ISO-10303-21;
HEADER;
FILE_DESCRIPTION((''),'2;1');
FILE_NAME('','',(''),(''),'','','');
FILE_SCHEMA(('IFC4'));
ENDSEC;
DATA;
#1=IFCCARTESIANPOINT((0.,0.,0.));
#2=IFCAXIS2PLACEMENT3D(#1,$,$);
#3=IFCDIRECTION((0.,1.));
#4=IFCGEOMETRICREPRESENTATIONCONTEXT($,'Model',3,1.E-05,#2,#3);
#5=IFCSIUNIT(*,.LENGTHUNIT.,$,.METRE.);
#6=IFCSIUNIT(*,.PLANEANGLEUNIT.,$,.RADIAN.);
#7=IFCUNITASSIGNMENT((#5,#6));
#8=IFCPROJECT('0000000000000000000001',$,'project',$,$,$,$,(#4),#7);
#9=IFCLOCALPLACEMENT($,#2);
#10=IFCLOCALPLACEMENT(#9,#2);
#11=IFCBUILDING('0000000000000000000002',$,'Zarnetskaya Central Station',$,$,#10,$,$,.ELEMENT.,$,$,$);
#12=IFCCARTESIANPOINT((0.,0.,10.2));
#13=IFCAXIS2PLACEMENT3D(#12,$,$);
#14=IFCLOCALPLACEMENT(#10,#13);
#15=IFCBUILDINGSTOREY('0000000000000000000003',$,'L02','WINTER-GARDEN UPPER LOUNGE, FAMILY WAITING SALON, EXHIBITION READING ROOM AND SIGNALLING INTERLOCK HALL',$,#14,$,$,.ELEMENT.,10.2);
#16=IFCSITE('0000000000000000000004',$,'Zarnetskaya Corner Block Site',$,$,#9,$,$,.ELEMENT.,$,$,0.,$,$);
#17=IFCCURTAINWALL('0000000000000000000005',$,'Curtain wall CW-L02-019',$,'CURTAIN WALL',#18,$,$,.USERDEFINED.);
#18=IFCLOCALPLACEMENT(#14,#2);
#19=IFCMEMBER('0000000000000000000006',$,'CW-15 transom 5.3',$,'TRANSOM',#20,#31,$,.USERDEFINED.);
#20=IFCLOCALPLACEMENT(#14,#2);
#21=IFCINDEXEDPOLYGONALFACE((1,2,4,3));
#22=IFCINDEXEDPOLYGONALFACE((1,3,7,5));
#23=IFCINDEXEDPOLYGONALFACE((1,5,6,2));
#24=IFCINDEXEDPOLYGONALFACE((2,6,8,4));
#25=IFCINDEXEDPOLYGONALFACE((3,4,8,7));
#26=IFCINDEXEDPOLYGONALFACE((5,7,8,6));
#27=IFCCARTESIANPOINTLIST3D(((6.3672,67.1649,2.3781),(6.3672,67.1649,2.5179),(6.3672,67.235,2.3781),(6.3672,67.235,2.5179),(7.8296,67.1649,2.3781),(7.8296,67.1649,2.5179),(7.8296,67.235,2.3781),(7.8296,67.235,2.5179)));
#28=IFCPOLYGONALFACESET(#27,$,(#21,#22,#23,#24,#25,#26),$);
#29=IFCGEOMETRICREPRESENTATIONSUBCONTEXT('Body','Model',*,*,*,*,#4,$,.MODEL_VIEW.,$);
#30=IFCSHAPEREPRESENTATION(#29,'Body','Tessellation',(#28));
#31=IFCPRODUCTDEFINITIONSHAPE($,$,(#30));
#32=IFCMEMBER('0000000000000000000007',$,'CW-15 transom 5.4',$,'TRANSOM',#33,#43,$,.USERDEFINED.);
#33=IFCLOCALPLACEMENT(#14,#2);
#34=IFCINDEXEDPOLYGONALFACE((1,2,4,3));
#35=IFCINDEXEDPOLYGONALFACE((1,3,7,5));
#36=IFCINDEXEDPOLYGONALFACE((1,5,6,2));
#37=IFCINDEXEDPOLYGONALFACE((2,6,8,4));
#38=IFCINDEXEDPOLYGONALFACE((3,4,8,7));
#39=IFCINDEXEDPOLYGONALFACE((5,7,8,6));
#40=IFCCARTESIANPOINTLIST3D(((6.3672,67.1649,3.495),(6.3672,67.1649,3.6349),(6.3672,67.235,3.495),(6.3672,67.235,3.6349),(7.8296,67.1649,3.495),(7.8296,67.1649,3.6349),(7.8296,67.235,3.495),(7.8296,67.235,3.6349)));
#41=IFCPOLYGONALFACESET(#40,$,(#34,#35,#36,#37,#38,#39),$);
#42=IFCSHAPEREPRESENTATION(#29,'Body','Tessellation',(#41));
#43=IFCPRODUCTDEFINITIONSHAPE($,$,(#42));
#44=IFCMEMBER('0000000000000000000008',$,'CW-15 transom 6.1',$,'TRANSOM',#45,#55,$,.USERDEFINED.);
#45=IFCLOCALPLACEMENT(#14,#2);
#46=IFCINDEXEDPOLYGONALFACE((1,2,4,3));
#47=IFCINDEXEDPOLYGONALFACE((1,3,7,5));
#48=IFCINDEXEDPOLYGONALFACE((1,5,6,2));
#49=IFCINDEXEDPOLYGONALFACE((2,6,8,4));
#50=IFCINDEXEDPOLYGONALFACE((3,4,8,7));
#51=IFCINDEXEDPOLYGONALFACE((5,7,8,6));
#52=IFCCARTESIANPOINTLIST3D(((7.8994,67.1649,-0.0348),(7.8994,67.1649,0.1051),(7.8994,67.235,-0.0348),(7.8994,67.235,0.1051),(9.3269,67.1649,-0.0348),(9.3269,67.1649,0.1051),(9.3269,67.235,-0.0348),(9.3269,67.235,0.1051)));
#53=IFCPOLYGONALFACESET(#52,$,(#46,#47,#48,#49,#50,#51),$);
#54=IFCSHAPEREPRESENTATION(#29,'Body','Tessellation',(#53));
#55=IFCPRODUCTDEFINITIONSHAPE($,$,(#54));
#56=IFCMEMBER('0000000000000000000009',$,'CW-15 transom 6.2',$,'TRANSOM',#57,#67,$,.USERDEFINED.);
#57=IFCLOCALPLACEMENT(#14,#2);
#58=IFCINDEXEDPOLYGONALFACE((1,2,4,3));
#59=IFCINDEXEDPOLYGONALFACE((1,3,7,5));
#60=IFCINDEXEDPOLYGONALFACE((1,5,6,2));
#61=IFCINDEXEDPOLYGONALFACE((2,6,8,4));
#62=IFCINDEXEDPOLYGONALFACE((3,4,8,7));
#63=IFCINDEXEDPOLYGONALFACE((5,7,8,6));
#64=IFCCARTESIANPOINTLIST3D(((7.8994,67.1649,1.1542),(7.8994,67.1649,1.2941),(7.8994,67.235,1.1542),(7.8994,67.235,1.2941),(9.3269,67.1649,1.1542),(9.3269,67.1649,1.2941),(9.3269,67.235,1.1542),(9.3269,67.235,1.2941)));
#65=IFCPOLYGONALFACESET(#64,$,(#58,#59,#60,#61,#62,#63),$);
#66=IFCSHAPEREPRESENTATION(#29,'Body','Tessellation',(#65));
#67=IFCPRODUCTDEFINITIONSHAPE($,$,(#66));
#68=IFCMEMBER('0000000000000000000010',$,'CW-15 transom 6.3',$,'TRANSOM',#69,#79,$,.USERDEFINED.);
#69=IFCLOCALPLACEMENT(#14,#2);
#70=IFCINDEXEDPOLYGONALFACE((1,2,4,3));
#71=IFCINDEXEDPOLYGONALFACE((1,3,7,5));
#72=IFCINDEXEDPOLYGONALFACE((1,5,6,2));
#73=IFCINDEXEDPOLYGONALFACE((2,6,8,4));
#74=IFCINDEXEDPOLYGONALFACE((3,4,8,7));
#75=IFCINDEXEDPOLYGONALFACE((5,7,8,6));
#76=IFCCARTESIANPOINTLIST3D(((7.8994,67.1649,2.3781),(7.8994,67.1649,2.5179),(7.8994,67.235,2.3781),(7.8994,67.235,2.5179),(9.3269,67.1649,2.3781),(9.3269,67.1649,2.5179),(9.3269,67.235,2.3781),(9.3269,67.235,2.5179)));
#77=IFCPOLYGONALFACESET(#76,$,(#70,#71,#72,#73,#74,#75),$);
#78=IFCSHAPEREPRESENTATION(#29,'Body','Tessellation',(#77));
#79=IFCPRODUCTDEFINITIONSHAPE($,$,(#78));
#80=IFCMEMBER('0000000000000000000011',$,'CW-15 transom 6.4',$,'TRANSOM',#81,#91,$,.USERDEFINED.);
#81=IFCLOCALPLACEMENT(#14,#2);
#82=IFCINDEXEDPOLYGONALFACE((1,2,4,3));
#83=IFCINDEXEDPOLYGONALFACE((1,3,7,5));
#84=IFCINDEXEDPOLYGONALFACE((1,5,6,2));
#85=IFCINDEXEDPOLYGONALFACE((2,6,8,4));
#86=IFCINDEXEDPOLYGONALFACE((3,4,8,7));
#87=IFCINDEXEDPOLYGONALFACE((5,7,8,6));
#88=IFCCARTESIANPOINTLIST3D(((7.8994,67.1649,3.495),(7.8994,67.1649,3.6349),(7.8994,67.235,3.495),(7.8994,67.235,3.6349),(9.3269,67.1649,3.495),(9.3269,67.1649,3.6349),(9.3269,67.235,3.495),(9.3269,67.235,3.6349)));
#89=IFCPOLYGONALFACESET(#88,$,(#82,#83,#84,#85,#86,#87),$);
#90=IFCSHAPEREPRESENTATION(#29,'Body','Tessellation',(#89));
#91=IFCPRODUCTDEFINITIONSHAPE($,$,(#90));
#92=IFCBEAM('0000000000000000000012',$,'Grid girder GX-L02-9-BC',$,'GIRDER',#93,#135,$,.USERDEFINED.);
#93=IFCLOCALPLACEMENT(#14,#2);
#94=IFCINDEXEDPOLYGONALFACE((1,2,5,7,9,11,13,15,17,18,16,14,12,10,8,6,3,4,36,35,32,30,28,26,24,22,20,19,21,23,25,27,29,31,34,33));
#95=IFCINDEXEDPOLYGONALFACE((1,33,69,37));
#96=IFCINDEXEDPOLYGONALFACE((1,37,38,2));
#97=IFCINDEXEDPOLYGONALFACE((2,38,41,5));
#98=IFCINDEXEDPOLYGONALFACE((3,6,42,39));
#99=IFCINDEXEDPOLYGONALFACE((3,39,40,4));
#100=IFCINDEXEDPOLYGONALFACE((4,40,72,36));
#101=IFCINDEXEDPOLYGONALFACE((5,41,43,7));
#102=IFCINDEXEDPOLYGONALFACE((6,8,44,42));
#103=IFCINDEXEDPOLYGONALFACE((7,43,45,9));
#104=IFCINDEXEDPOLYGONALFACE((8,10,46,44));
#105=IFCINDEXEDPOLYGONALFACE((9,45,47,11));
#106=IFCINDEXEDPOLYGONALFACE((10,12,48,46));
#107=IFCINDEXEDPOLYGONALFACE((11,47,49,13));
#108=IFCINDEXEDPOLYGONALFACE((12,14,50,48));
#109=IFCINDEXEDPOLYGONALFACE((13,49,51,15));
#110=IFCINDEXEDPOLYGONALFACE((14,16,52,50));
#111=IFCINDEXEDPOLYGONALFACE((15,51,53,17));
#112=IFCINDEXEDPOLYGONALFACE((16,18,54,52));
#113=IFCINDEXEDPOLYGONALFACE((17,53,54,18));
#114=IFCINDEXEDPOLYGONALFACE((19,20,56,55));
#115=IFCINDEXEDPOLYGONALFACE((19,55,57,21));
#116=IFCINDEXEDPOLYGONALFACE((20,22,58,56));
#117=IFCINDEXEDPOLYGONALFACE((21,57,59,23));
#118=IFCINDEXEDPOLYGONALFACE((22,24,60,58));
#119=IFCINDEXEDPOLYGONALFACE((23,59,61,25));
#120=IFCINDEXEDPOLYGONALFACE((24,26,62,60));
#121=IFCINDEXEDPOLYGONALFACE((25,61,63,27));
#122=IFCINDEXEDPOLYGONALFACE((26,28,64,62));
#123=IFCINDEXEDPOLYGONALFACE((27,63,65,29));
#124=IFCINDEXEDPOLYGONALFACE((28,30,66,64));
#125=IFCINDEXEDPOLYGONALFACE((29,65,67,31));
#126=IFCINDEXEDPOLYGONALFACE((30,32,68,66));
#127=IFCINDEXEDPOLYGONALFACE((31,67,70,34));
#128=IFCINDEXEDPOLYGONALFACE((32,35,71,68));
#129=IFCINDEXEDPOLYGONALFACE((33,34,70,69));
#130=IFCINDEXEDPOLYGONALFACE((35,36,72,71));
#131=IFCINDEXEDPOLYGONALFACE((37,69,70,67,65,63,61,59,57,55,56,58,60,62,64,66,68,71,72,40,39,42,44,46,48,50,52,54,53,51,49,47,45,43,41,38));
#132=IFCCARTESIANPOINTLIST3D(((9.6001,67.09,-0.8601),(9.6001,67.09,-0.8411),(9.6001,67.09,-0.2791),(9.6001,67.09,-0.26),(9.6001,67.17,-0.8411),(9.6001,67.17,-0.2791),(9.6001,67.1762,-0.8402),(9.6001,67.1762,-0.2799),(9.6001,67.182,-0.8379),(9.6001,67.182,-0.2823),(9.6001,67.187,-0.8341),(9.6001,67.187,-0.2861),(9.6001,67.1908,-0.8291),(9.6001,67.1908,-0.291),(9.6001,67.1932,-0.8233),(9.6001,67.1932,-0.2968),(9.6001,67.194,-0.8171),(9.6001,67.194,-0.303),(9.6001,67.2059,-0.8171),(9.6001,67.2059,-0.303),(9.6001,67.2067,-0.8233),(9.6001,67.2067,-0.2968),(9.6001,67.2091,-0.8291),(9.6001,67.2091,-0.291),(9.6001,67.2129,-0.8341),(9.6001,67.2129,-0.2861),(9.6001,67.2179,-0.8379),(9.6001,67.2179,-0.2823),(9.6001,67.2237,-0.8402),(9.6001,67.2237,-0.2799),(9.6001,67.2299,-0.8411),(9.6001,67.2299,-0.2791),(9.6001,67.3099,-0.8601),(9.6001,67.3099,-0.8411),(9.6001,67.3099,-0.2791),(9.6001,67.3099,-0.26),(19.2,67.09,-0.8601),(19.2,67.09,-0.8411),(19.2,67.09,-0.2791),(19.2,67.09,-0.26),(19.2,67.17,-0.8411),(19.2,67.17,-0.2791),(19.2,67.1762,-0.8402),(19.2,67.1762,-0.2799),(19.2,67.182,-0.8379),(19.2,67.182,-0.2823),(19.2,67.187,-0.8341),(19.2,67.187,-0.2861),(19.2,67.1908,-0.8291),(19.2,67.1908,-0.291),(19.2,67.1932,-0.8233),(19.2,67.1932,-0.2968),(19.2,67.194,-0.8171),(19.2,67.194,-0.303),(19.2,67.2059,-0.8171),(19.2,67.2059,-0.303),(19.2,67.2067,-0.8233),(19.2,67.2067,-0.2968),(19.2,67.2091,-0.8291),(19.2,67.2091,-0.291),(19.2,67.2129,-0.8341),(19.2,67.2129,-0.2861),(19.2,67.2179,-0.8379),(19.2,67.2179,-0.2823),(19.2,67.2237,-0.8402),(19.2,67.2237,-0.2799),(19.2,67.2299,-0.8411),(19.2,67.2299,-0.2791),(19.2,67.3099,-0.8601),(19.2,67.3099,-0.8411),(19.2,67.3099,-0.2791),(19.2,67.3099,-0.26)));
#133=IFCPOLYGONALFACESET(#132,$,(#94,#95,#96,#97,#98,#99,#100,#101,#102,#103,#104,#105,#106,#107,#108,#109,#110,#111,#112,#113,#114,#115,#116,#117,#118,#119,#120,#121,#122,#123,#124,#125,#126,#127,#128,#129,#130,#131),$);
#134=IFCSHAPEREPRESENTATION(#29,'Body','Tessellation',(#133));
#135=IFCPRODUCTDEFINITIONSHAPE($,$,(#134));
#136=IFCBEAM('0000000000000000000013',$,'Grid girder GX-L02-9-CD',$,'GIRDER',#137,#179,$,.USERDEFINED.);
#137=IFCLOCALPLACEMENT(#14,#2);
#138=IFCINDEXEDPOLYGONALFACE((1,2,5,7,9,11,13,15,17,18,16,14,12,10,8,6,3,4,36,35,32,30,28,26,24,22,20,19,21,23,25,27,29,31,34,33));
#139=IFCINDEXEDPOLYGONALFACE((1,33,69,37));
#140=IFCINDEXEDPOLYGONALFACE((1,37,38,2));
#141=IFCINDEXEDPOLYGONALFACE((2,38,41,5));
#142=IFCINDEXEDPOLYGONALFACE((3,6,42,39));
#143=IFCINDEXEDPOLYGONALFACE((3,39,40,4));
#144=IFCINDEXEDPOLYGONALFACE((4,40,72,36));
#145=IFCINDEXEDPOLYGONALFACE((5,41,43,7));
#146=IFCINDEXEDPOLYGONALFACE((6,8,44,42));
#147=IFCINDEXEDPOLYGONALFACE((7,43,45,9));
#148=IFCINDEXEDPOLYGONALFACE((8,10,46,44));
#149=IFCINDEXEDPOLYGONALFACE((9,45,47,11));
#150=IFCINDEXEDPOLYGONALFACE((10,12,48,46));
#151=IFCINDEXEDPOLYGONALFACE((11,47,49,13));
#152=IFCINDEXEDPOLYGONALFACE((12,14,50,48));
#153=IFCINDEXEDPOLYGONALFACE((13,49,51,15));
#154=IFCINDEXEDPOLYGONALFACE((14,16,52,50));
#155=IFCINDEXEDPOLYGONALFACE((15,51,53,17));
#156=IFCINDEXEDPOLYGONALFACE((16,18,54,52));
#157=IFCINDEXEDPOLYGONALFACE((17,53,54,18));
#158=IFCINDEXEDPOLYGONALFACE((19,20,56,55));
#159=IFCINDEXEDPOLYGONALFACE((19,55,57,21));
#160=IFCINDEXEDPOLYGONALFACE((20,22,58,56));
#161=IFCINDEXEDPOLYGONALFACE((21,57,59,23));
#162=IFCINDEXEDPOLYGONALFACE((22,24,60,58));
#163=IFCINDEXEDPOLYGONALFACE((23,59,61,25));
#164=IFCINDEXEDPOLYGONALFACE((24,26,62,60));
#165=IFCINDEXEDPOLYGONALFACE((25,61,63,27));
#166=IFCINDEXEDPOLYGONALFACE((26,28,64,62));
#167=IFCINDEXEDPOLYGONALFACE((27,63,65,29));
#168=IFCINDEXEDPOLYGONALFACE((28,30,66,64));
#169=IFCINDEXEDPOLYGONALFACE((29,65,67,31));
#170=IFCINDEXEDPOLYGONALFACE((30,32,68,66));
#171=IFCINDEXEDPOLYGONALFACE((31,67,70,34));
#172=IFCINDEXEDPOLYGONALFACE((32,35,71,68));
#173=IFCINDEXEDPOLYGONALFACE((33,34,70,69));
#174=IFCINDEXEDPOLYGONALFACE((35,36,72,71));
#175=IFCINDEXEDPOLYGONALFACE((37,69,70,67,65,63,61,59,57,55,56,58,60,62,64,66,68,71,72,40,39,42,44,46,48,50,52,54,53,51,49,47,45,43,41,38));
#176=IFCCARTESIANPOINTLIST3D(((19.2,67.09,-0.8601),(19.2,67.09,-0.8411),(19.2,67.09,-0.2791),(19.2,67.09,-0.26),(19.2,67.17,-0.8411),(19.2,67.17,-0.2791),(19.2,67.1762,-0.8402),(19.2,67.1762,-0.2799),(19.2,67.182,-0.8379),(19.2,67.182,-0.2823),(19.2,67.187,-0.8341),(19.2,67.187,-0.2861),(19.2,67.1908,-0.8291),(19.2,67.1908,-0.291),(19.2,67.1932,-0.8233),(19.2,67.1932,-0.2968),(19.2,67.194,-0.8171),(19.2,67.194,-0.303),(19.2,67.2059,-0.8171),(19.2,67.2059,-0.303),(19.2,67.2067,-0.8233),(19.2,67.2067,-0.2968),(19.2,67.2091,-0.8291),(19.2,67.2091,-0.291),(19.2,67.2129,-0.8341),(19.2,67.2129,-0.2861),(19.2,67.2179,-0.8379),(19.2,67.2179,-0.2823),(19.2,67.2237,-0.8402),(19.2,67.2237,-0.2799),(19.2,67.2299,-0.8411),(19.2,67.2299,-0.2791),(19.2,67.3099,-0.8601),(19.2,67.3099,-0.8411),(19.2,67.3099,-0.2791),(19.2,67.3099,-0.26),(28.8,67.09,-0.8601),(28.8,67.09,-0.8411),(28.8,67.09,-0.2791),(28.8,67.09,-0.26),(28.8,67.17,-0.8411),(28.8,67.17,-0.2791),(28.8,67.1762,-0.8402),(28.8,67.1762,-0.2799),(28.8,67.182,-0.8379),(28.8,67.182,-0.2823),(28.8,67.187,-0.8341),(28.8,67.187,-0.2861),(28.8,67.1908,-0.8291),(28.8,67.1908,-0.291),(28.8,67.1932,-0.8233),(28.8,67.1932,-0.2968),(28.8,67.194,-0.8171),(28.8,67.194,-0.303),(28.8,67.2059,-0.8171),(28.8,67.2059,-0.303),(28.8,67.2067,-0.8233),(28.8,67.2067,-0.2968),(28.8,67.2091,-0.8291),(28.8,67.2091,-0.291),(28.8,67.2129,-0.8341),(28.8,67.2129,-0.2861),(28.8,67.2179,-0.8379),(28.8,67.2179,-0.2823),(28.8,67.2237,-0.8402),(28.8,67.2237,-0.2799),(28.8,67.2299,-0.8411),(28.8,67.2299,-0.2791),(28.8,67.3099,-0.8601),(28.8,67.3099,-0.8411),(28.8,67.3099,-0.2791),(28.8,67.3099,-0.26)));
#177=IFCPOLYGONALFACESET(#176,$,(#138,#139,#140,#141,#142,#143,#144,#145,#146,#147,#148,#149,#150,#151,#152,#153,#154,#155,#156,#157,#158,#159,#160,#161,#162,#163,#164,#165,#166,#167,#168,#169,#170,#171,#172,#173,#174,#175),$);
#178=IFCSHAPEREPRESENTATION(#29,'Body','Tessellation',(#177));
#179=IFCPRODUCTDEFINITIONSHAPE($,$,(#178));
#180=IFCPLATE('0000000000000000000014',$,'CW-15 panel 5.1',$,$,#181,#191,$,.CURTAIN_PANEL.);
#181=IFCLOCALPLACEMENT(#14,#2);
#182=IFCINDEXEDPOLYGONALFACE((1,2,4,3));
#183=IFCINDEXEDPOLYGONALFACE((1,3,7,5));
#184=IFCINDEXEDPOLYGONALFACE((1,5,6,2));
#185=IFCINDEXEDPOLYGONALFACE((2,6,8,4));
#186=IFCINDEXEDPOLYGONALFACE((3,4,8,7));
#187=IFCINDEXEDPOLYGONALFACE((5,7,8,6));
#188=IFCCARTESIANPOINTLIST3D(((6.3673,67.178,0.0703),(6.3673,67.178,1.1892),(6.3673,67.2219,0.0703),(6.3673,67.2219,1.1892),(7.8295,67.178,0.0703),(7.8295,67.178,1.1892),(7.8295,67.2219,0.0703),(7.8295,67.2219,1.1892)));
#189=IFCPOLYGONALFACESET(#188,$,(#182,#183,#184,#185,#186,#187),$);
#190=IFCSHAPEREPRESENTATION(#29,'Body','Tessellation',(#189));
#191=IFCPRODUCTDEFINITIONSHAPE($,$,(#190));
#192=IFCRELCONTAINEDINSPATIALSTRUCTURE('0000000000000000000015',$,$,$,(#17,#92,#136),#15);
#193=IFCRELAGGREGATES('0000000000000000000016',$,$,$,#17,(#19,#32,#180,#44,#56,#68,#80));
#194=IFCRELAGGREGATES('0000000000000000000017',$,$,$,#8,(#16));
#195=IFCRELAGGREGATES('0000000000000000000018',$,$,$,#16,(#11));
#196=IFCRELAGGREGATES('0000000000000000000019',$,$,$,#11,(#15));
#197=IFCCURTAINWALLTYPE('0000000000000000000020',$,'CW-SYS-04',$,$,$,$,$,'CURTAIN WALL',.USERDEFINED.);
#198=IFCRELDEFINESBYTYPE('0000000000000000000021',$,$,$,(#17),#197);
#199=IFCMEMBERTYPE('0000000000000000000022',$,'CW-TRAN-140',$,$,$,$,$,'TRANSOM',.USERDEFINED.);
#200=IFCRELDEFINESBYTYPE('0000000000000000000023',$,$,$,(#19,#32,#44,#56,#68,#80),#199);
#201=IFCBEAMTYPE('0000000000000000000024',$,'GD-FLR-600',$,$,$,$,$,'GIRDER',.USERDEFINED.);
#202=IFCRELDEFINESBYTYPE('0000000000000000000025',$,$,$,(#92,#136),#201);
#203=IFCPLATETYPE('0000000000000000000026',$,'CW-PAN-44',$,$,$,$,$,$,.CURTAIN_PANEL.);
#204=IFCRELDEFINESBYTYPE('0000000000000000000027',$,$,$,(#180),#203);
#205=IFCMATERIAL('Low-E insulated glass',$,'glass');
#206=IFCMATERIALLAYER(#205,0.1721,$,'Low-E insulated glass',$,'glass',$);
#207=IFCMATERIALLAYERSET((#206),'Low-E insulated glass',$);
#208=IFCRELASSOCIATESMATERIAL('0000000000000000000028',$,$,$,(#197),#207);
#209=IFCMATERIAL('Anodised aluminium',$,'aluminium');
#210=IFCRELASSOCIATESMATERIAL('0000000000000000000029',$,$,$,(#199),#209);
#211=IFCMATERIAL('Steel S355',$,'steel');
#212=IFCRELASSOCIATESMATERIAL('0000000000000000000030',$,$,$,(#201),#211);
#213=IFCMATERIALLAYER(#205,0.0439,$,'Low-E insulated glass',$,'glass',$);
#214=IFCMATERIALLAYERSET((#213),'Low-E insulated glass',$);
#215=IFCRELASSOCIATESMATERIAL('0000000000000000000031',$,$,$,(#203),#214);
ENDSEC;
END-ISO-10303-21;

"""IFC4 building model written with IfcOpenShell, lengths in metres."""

from ifc_helpers import new_model, si_unit, direction, frame, origin, origin_2d, place, context, subcontext, project, spatial, rectangle, i_section, extrude, material, layer, layer_set, material_profile, profile_set, type_object, element, aggregate, save


model = new_model("IFC4")

# Units and contexts
model_context = context("Model", 3, precision=1e-05, world=origin(), true_north=direction((0.0, 1.0)))
body_context = subcontext(model_context, "Body", "Model", "MODEL_VIEW")
ifc_project = project(units=[si_unit("LENGTHUNIT", "METRE"), si_unit("PLANEANGLEUNIT", "RADIAN")], contexts=[model_context])

# Site, building, storey
site_placement = place(None, origin())
site = spatial("IfcSite", under=ifc_project, at=site_placement, Name="Zarnetskaya Corner Block Site", CompositionType="ELEMENT", RefElevation=0.0)
building_placement = place(site_placement, origin())
building = spatial("IfcBuilding", under=site, at=building_placement, Name="Zarnetskaya Central Station", CompositionType="ELEMENT")
storey_placement = place(building_placement, frame((0.0, 0.0, 10.2)))
storey = spatial("IfcBuildingStorey", under=building, at=storey_placement, Name="L02", Description="WINTER-GARDEN UPPER LOUNGE, FAMILY WAITING SALON, EXHIBITION READING ROOM AND SIGNALLING INTERLOCK HALL", CompositionType="ELEMENT", Elevation=10.2)

# Shared definitions
ifc_material_1 = material(Name="Steel S355", Category="steel")

# Curtain wall
ifc_material_2 = material(Name="Low-E insulated glass", Category="glass")
ifc_layer_1 = layer(ifc_material_2, 0.1721, Name="Low-E insulated glass", Category="glass")
ifc_layer_set_1 = layer_set([ifc_layer_1], Name="Low-E insulated glass")
curtain_wall_type_1 = type_object("IfcCurtainWallType", Name="CW-SYS-04", ElementType="CURTAIN WALL", PredefinedType="USERDEFINED", material=ifc_layer_set_1)
curtain_wall_1_placement = place(storey_placement, origin())
curtain_wall_1 = element("IfcCurtainWall", 1, at=curtain_wall_1_placement, inside=storey, type_object=curtain_wall_type_1, Name="Curtain wall CW-L02-019", ObjectType="CURTAIN WALL", PredefinedType="USERDEFINED")
ifc_material_3 = material(Name="Anodised aluminium", Category="aluminium")

# Members
ifc_material_profile_1 = material_profile(ifc_material_3, rectangle(XDim=0.0701, YDim=0.1399, at=origin_2d()), Name="ALU TRAN 70x140")
ifc_profile_set_1 = profile_set([ifc_material_profile_1], Name="Anodised aluminium")
member_type_1 = type_object("IfcMemberType", Name="CW-TRAN-140", ElementType="TRANSOM", PredefinedType="USERDEFINED", material=ifc_profile_set_1)
member_1_placement = place(storey_placement, frame((6.3672, 67.2, 2.448), z_axis=(1.0, 0.0, 0.0), x_axis=(0.0, 1.0, 0.0)))
member_1 = element("IfcMember", 2, at=member_1_placement, type_object=member_type_1, Name="CW-15 transom 5.3", ObjectType="TRANSOM", PredefinedType="USERDEFINED", context=body_context, shape_type="SweptSolid", body=[
    extrude(rectangle(XDim=0.0701, YDim=0.1399, at=origin_2d()), origin(), (0.0, 0.0, 1.0), 1.4624),
])
member_2_placement = place(storey_placement, frame((6.3672, 67.2, 3.5649), z_axis=(1.0, 0.0, 0.0), x_axis=(0.0, 1.0, 0.0)))
member_2 = element("IfcMember", 3, at=member_2_placement, type_object=member_type_1, Name="CW-15 transom 5.4", ObjectType="TRANSOM", PredefinedType="USERDEFINED", context=body_context, shape_type="SweptSolid", body=[
    extrude(rectangle(XDim=0.0701, YDim=0.1399, at=origin_2d()), origin(), (0.0, 0.0, 1.0), 1.4624),
])
member_3_placement = place(storey_placement, frame((7.8994, 67.2, 0.0352), z_axis=(1.0, 0.0, 0.0), x_axis=(0.0, 1.0, 0.0)))
member_3 = element("IfcMember", 4, at=member_3_placement, type_object=member_type_1, Name="CW-15 transom 6.1", ObjectType="TRANSOM", PredefinedType="USERDEFINED", context=body_context, shape_type="SweptSolid", body=[
    extrude(rectangle(XDim=0.0701, YDim=0.1399, at=origin_2d()), origin(), (0.0, 0.0, 1.0), 1.4275),
])
member_4_placement = place(storey_placement, frame((7.8994, 67.2, 1.2241), z_axis=(1.0, 0.0, 0.0), x_axis=(0.0, 1.0, 0.0)))
member_4 = element("IfcMember", 5, at=member_4_placement, type_object=member_type_1, Name="CW-15 transom 6.2", ObjectType="TRANSOM", PredefinedType="USERDEFINED", context=body_context, shape_type="SweptSolid", body=[
    extrude(rectangle(XDim=0.0701, YDim=0.1399, at=origin_2d()), origin(), (0.0, 0.0, 1.0), 1.4275),
])
member_5_placement = place(storey_placement, frame((7.8994, 67.2, 2.448), z_axis=(1.0, 0.0, 0.0), x_axis=(0.0, 1.0, 0.0)))
member_5 = element("IfcMember", 6, at=member_5_placement, type_object=member_type_1, Name="CW-15 transom 6.3", ObjectType="TRANSOM", PredefinedType="USERDEFINED", context=body_context, shape_type="SweptSolid", body=[
    extrude(rectangle(XDim=0.0701, YDim=0.1399, at=origin_2d()), origin(), (0.0, 0.0, 1.0), 1.4275),
])
member_6_placement = place(storey_placement, frame((7.8994, 67.2, 3.5649), z_axis=(1.0, 0.0, 0.0), x_axis=(0.0, 1.0, 0.0)))
member_6 = element("IfcMember", 7, at=member_6_placement, type_object=member_type_1, Name="CW-15 transom 6.4", ObjectType="TRANSOM", PredefinedType="USERDEFINED", context=body_context, shape_type="SweptSolid", body=[
    extrude(rectangle(XDim=0.0701, YDim=0.1399, at=origin_2d()), origin(), (0.0, 0.0, 1.0), 1.4275),
])

# Beams
ifc_material_profile_2 = material_profile(ifc_material_1, i_section(OverallWidth=0.22, OverallDepth=0.6001, WebThickness=0.012, FlangeThickness=0.019, FilletRadius=0.0239, at=origin_2d()), Name="IPE 600")
ifc_profile_set_2 = profile_set([ifc_material_profile_2], Name="Steel S355")
beam_type = type_object("IfcBeamType", Name="GD-FLR-600", ElementType="GIRDER", PredefinedType="USERDEFINED", material=ifc_profile_set_2)
beam_1_placement = place(storey_placement, frame((9.6001, 67.2, -0.5601), z_axis=(1.0, 0.0, 0.0), x_axis=(0.0, 1.0, 0.0)))
element("IfcBeam", 8, at=beam_1_placement, inside=storey, type_object=beam_type, Name="Grid girder GX-L02-9-BC", ObjectType="GIRDER", PredefinedType="USERDEFINED", context=body_context, shape_type="SweptSolid", body=[
    extrude(i_section(OverallWidth=0.22, OverallDepth=0.6001, WebThickness=0.012, FlangeThickness=0.019, FilletRadius=0.0239, at=origin_2d()), origin(), (0.0, 0.0, 1.0), 9.5999),
])
beam_2_placement = place(storey_placement, frame((19.2, 67.2, -0.5601), z_axis=(1.0, 0.0, 0.0), x_axis=(0.0, 1.0, 0.0)))
element("IfcBeam", 9, at=beam_2_placement, inside=storey, type_object=beam_type, Name="Grid girder GX-L02-9-CD", ObjectType="GIRDER", PredefinedType="USERDEFINED", context=body_context, shape_type="SweptSolid", body=[
    extrude(i_section(OverallWidth=0.22, OverallDepth=0.6001, WebThickness=0.012, FlangeThickness=0.019, FilletRadius=0.0239, at=origin_2d()), origin(), (0.0, 0.0, 1.0), 9.6001),
])

# Plate
ifc_layer_2 = layer(ifc_material_2, 0.0439, Name="Low-E insulated glass", Category="glass")
ifc_layer_set_2 = layer_set([ifc_layer_2], Name="Low-E insulated glass")
plate_type_1 = type_object("IfcPlateType", Name="CW-PAN-44", PredefinedType="CURTAIN_PANEL", material=ifc_layer_set_2)
plate_1_placement = place(storey_placement, frame((7.0984, 67.2, 0.0703), z_axis=(0.0, 0.0, 1.0), x_axis=(1.0, 0.0, 0.0)))
plate_1 = element("IfcPlate", 10, at=plate_1_placement, type_object=plate_type_1, Name="CW-15 panel 5.1", PredefinedType="CURTAIN_PANEL", context=body_context, shape_type="SweptSolid", body=[
    extrude(rectangle(XDim=1.4622, YDim=0.0439, at=origin_2d()), origin(), (0.0, 0.0, 1.0), 1.1189),
])
aggregate(curtain_wall_1, [member_1, member_2, plate_1, member_3, member_4, member_5, member_6])

save(model, "model.ifc")
